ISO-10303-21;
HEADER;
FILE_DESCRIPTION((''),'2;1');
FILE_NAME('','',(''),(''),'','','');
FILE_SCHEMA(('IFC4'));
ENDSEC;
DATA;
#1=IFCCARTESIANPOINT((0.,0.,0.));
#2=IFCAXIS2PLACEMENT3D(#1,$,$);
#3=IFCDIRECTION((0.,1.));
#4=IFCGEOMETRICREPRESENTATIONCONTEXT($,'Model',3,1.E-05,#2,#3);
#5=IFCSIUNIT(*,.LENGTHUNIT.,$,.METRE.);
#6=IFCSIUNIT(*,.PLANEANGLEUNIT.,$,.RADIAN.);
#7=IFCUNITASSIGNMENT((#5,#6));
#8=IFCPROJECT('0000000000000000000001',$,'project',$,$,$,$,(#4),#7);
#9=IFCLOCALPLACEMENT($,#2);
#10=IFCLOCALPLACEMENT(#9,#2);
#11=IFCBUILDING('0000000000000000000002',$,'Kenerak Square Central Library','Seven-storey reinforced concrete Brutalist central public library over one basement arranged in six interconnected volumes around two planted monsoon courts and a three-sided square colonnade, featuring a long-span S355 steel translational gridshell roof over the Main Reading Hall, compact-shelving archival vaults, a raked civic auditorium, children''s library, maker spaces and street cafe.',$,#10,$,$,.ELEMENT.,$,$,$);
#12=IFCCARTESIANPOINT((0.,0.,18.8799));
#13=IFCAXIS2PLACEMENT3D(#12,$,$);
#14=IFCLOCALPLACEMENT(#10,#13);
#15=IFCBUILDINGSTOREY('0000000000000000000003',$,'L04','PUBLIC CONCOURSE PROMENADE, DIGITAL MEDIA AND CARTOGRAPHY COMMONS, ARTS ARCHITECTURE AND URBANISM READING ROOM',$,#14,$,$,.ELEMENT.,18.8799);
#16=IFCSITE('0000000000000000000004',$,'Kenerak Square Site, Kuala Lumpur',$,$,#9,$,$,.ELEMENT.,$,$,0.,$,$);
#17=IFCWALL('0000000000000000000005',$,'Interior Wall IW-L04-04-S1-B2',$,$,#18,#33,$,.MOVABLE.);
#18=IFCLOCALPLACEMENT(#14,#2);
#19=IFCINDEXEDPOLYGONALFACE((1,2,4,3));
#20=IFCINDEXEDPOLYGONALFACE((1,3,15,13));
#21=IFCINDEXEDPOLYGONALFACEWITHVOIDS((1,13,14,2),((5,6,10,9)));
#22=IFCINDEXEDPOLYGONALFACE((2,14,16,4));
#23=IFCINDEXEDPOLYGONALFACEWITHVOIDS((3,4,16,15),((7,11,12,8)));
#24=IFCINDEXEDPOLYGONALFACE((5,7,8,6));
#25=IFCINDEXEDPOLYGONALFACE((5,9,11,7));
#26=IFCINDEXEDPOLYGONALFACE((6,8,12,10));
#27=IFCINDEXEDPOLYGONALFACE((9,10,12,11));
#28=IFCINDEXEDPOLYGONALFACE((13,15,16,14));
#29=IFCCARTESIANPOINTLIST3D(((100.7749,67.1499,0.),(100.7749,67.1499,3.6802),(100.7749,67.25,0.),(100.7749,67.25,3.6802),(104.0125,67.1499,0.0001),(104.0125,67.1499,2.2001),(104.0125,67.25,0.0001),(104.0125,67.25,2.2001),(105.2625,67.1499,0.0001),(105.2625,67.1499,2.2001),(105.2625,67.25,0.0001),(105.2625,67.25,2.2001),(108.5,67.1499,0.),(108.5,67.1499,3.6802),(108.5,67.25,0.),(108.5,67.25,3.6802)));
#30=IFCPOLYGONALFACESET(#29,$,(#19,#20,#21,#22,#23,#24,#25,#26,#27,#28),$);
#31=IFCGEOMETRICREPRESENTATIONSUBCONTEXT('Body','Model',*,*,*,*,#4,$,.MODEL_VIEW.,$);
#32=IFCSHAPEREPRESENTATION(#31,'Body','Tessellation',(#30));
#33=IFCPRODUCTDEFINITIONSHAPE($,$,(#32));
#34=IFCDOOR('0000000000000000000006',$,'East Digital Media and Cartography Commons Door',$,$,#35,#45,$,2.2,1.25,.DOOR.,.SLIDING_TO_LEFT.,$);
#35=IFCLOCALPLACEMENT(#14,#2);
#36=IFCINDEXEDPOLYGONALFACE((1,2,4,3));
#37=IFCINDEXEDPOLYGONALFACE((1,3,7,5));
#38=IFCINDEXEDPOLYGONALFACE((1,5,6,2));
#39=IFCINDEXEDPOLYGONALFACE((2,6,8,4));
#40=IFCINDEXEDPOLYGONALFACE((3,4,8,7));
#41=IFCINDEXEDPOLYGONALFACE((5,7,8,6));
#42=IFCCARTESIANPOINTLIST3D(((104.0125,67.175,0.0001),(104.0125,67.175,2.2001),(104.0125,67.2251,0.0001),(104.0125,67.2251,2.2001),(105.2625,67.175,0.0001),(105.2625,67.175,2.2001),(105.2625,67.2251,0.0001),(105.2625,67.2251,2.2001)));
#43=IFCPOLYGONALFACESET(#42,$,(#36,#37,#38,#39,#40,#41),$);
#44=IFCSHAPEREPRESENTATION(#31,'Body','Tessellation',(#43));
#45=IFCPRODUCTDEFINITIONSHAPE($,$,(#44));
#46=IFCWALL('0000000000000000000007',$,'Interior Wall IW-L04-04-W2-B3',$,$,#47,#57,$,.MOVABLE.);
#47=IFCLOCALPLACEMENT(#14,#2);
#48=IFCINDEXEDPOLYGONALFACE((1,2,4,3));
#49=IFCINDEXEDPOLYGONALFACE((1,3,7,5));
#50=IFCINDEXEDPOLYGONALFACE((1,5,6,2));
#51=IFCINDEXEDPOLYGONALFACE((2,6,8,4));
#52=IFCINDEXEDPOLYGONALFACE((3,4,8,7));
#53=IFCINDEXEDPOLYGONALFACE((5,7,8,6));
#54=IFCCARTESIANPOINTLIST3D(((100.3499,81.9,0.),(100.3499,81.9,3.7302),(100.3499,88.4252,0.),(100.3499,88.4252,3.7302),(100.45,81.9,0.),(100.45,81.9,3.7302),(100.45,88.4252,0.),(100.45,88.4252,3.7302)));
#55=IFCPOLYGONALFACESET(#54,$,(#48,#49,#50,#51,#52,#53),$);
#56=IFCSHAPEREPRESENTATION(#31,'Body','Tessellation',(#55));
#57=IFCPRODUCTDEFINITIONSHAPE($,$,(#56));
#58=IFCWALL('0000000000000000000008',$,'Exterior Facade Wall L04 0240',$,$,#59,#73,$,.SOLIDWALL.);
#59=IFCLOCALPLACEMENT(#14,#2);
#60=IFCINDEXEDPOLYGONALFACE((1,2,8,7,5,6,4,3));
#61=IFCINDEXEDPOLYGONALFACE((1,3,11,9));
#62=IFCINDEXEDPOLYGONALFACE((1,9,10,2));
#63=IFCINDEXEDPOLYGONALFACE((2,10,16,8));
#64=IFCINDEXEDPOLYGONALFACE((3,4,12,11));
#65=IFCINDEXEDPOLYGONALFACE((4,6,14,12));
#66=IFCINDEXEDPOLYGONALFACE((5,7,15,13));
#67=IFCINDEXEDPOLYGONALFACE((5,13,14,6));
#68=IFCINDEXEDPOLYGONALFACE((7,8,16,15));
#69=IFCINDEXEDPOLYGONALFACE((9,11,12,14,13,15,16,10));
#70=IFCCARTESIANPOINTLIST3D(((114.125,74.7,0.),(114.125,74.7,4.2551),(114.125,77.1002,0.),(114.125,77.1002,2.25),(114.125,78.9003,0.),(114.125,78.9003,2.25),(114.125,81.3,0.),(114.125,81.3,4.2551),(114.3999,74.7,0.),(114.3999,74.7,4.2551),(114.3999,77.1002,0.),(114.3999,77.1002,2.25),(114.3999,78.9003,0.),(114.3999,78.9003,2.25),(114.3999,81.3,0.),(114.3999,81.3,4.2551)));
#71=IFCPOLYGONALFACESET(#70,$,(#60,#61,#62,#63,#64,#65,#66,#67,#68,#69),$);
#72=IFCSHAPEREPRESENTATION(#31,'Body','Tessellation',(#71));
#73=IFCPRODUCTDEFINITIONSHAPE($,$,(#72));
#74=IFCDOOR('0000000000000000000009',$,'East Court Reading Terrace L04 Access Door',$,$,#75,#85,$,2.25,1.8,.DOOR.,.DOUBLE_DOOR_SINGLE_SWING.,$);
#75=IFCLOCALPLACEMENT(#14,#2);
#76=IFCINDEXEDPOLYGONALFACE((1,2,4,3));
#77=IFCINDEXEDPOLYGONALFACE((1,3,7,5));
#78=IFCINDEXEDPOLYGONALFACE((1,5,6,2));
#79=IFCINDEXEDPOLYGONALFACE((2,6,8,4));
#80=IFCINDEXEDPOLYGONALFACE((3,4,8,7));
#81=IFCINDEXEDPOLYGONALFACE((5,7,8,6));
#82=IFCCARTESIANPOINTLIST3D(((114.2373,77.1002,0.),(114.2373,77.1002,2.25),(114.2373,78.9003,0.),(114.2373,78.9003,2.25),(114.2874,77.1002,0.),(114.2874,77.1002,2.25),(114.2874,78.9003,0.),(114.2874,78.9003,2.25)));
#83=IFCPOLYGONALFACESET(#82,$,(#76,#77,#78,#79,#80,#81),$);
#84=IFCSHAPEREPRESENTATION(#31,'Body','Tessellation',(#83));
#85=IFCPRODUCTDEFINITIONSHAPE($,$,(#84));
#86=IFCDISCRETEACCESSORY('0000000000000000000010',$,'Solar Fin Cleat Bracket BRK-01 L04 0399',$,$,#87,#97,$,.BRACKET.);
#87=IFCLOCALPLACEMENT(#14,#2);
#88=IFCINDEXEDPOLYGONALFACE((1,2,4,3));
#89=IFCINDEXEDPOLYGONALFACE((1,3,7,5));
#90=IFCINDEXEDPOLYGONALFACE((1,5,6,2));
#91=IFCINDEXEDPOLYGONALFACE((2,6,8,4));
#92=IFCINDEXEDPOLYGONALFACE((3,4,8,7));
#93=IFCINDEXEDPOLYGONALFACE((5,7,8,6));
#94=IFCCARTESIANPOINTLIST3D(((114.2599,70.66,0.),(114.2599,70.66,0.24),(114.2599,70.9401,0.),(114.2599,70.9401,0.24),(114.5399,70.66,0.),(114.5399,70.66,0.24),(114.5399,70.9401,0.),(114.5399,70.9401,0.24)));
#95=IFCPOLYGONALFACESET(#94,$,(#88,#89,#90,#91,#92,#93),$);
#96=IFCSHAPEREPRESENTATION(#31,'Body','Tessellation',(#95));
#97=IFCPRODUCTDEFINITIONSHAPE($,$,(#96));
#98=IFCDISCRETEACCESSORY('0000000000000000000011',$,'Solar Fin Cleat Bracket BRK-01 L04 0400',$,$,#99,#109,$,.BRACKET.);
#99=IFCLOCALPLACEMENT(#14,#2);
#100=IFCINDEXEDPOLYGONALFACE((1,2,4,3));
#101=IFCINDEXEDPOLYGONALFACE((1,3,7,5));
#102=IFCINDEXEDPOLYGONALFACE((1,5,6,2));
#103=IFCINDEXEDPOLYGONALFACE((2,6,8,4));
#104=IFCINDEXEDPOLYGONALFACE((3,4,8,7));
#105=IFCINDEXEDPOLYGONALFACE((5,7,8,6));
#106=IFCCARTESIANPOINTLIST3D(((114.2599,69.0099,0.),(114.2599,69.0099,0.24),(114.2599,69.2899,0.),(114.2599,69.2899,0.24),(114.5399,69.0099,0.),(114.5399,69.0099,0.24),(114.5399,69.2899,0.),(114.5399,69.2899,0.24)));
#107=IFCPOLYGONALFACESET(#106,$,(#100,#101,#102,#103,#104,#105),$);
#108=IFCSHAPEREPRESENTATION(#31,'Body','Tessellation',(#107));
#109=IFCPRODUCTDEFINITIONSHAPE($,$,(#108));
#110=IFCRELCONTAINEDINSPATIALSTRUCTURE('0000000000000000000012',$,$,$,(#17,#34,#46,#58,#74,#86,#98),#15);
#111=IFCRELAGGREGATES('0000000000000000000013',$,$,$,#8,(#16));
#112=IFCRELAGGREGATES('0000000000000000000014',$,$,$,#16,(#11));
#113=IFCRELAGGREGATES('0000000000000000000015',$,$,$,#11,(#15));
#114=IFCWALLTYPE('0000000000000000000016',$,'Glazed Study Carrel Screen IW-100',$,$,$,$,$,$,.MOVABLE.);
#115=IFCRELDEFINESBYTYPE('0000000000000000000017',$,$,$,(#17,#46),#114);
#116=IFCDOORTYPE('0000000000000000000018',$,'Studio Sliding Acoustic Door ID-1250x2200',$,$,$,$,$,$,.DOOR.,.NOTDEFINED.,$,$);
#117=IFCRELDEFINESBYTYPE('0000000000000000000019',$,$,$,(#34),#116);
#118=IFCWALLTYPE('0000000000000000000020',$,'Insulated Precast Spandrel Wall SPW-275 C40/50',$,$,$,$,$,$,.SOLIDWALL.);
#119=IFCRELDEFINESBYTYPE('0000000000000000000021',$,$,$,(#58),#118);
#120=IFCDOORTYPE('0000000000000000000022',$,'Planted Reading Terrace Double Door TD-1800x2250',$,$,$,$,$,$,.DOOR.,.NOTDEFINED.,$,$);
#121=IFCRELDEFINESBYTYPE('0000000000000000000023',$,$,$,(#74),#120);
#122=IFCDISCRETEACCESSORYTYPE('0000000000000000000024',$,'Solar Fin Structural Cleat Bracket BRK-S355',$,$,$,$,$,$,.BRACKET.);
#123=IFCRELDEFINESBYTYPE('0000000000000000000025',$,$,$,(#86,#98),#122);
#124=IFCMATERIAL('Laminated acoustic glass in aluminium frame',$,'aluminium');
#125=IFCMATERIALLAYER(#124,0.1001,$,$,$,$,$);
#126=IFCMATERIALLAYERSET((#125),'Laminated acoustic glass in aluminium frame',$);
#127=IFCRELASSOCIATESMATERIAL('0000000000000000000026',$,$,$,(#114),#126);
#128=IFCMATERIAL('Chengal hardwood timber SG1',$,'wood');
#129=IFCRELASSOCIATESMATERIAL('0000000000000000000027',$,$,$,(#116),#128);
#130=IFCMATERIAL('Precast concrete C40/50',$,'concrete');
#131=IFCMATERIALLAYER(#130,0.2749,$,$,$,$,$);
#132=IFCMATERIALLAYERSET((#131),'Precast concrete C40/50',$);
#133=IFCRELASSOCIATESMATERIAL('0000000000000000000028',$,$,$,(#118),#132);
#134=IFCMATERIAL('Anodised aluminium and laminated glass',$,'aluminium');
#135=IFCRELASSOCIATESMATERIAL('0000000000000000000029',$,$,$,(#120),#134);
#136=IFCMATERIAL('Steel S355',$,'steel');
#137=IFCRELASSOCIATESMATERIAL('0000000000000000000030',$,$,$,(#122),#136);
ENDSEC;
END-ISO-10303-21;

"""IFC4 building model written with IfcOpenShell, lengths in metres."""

from ifc_helpers import new_model, si_unit, direction, frame, frame_2d, origin, origin_2d, place, context, subcontext, project, spatial, rectangle, extrude, material, layer, layer_set, type_object, element, fill, save


model = new_model("IFC4")

# Units and contexts
model_context = context("Model", 3, precision=1e-05, world=origin(), true_north=direction((0.0, 1.0)))
body_context = subcontext(model_context, "Body", "Model", "MODEL_VIEW")
ifc_project = project(units=[si_unit("LENGTHUNIT", "METRE"), si_unit("PLANEANGLEUNIT", "RADIAN")], contexts=[model_context])

# Site, building, storey
site_placement = place(None, origin())
site = spatial("IfcSite", under=ifc_project, at=site_placement, Name="Kenerak Square Site, Kuala Lumpur", CompositionType="ELEMENT", RefElevation=0.0)
building_placement = place(site_placement, origin())
building = spatial("IfcBuilding", under=site, at=building_placement, Name="Kenerak Square Central Library", Description="Seven-storey reinforced concrete Brutalist central public library over one basement arranged in six interconnected volumes around two planted monsoon courts and a three-sided square colonnade, featuring a long-span S355 steel translational gridshell roof over the Main Reading Hall, compact-shelving archival vaults, a raked civic auditorium, children's library, maker spaces and street cafe.", CompositionType="ELEMENT")
storey_placement = place(building_placement, frame((0.0, 0.0, 18.8799)))
storey = spatial("IfcBuildingStorey", under=building, at=storey_placement, Name="L04", Description="PUBLIC CONCOURSE PROMENADE, DIGITAL MEDIA AND CARTOGRAPHY COMMONS, ARTS ARCHITECTURE AND URBANISM READING ROOM", CompositionType="ELEMENT", Elevation=18.8799)

# Shared definitions
ifc_material_1 = material(Name="Laminated acoustic glass in aluminium frame", Category="aluminium")
ifc_layer_1 = layer(ifc_material_1, 0.1001)
ifc_layer_set_1 = layer_set([ifc_layer_1], Name="Laminated acoustic glass in aluminium frame")
wall_type_1 = type_object("IfcWallType", Name="Glazed Study Carrel Screen IW-100", PredefinedType="MOVABLE", material=ifc_layer_set_1)

# Wall, opening, door
wall_1_placement = place(storey_placement, frame((108.5, 67.2, 0.0), z_axis=(0.0, 0.0, 1.0), x_axis=(-1.0, 0.0, 0.0)))
wall_1 = element("IfcWall", 1, at=wall_1_placement, inside=storey, type_object=wall_type_1, Name="Interior Wall IW-L04-04-S1-B2", PredefinedType="MOVABLE", context=body_context, shape_type="SweptSolid", body=[
    extrude(rectangle(XDim=7.7251, YDim=0.1001, at=frame_2d((3.8625, 0.0))), origin(), (0.0, 0.0, 1.0), 3.6802),
])
opening_1_placement = place(wall_1_placement, frame((3.2375, 0.0, 0.0)))
opening_1 = element("IfcOpeningElement", 2, at=opening_1_placement, cuts=wall_1, PredefinedType="OPENING", context=body_context, shape_type="SweptSolid", body=[
    extrude(rectangle(XDim=1.25, YDim=2.2, at=frame_2d((0.625, 1.1001))), frame((0.0, 0.0601, 0.0), z_axis=(0.0, -1.0, 0.0), x_axis=(1.0, 0.0, 0.0)), (0.0, 0.0, 1.0), 0.1201),
])
ifc_material_2 = material(Name="Chengal hardwood timber SG1", Category="wood")
door_type_1 = type_object("IfcDoorType", Name="Studio Sliding Acoustic Door ID-1250x2200", OperationType="NOTDEFINED", PredefinedType="DOOR", material=ifc_material_2)
door_1_placement = place(opening_1_placement, origin())
door_1 = element("IfcDoor", 3, at=door_1_placement, inside=storey, type_object=door_type_1, Name="East Digital Media and Cartography Commons Door", OperationType="SLIDING_TO_LEFT", OverallHeight=2.2, OverallWidth=1.25, PredefinedType="DOOR", context=body_context, shape_type="SweptSolid", body=[
    extrude(rectangle(XDim=1.25, YDim=2.2, at=frame_2d((0.625, 1.1001))), frame((0.0, 0.0249, 0.0), z_axis=(0.0, -1.0, 0.0), x_axis=(1.0, 0.0, 0.0)), (0.0, 0.0, 1.0), 0.05),
])
fill(opening_1, door_1)

# Wall
wall_2_placement = place(storey_placement, frame((100.3999, 81.8999, 0.0), z_axis=(0.0, 0.0, 1.0), x_axis=(0.0, 1.0, 0.0)))
element("IfcWall", 4, at=wall_2_placement, inside=storey, type_object=wall_type_1, Name="Interior Wall IW-L04-04-W2-B3", PredefinedType="MOVABLE", context=body_context, shape_type="SweptSolid", body=[
    extrude(rectangle(XDim=6.5251, YDim=0.1001, at=frame_2d((3.2627, 0.0))), origin(), (0.0, 0.0, 1.0), 3.7302),
])

# Wall, opening, door
ifc_material_3 = material(Name="Precast concrete C40/50", Category="concrete")
ifc_layer_2 = layer(ifc_material_3, 0.2749)
ifc_layer_set_2 = layer_set([ifc_layer_2], Name="Precast concrete C40/50")
wall_type_2 = type_object("IfcWallType", Name="Insulated Precast Spandrel Wall SPW-275 C40/50", PredefinedType="SOLIDWALL", material=ifc_layer_set_2)
wall_3_placement = place(storey_placement, frame((114.2625, 81.3, 0.0), z_axis=(0.0, 0.0, 1.0), x_axis=(0.0, -1.0, 0.0)))
wall_3 = element("IfcWall", 5, at=wall_3_placement, inside=storey, type_object=wall_type_2, Name="Exterior Facade Wall L04 0240", PredefinedType="SOLIDWALL", context=body_context, shape_type="SweptSolid", body=[
    extrude(rectangle(XDim=6.6001, YDim=0.2749, at=frame_2d((3.3, 0.0))), origin(), (0.0, 0.0, 1.0), 4.2551),
])
opening_2_placement = place(wall_3_placement, frame((2.3999, 0.0, 0.0)))
opening_2 = element("IfcOpeningElement", 6, at=opening_2_placement, cuts=wall_3, PredefinedType="OPENING", context=body_context, shape_type="SweptSolid", body=[
    extrude(rectangle(XDim=1.8, YDim=2.25, at=frame_2d((0.8999, 1.125))), frame((0.0, 0.1475, 0.0), z_axis=(0.0, -1.0, 0.0), x_axis=(1.0, 0.0, 0.0)), (0.0, 0.0, 1.0), 0.2949),
])
ifc_material_4 = material(Name="Anodised aluminium and laminated glass", Category="aluminium")
door_type_2 = type_object("IfcDoorType", Name="Planted Reading Terrace Double Door TD-1800x2250", OperationType="NOTDEFINED", PredefinedType="DOOR", material=ifc_material_4)
door_2_placement = place(opening_2_placement, origin())
door_2 = element("IfcDoor", 7, at=door_2_placement, inside=storey, type_object=door_type_2, Name="East Court Reading Terrace L04 Access Door", OperationType="DOUBLE_DOOR_SINGLE_SWING", OverallHeight=2.25, OverallWidth=1.8, PredefinedType="DOOR", context=body_context, shape_type="SweptSolid", body=[
    extrude(rectangle(XDim=1.8, YDim=2.25, at=frame_2d((0.8999, 1.125))), frame((0.0, 0.0249, 0.0), z_axis=(0.0, -1.0, 0.0), x_axis=(1.0, 0.0, 0.0)), (0.0, 0.0, 1.0), 0.05),
])
fill(opening_2, door_2)

# Discrete accessories
ifc_material_5 = material(Name="Steel S355", Category="steel")
discrete_accessory_type = type_object("IfcDiscreteAccessoryType", Name="Solar Fin Structural Cleat Bracket BRK-S355", PredefinedType="BRACKET", material=ifc_material_5)
for number, where, z_axis, x_axis, name in (
    (8, (114.3999, 70.8, 0.0), (0.0, 0.0, 1.0), (0.0, -1.0, 0.0), "Solar Fin Cleat Bracket BRK-01 L04 0399"),
    (9, (114.3999, 69.1499, 0.0), (0.0, 0.0, 1.0), (0.0, -1.0, 0.0), "Solar Fin Cleat Bracket BRK-01 L04 0400"),
):
    element("IfcDiscreteAccessory", number, at=place(storey_placement, frame(where, z_axis=z_axis, x_axis=x_axis)), inside=storey, type_object=discrete_accessory_type, Name=name, PredefinedType="BRACKET", context=body_context, shape_type="SweptSolid", body=[
        extrude(rectangle(XDim=0.28, YDim=0.28, at=origin_2d()), origin(), (0.0, 0.0, 1.0), 0.24),
    ])

save(model, "model.ifc")
